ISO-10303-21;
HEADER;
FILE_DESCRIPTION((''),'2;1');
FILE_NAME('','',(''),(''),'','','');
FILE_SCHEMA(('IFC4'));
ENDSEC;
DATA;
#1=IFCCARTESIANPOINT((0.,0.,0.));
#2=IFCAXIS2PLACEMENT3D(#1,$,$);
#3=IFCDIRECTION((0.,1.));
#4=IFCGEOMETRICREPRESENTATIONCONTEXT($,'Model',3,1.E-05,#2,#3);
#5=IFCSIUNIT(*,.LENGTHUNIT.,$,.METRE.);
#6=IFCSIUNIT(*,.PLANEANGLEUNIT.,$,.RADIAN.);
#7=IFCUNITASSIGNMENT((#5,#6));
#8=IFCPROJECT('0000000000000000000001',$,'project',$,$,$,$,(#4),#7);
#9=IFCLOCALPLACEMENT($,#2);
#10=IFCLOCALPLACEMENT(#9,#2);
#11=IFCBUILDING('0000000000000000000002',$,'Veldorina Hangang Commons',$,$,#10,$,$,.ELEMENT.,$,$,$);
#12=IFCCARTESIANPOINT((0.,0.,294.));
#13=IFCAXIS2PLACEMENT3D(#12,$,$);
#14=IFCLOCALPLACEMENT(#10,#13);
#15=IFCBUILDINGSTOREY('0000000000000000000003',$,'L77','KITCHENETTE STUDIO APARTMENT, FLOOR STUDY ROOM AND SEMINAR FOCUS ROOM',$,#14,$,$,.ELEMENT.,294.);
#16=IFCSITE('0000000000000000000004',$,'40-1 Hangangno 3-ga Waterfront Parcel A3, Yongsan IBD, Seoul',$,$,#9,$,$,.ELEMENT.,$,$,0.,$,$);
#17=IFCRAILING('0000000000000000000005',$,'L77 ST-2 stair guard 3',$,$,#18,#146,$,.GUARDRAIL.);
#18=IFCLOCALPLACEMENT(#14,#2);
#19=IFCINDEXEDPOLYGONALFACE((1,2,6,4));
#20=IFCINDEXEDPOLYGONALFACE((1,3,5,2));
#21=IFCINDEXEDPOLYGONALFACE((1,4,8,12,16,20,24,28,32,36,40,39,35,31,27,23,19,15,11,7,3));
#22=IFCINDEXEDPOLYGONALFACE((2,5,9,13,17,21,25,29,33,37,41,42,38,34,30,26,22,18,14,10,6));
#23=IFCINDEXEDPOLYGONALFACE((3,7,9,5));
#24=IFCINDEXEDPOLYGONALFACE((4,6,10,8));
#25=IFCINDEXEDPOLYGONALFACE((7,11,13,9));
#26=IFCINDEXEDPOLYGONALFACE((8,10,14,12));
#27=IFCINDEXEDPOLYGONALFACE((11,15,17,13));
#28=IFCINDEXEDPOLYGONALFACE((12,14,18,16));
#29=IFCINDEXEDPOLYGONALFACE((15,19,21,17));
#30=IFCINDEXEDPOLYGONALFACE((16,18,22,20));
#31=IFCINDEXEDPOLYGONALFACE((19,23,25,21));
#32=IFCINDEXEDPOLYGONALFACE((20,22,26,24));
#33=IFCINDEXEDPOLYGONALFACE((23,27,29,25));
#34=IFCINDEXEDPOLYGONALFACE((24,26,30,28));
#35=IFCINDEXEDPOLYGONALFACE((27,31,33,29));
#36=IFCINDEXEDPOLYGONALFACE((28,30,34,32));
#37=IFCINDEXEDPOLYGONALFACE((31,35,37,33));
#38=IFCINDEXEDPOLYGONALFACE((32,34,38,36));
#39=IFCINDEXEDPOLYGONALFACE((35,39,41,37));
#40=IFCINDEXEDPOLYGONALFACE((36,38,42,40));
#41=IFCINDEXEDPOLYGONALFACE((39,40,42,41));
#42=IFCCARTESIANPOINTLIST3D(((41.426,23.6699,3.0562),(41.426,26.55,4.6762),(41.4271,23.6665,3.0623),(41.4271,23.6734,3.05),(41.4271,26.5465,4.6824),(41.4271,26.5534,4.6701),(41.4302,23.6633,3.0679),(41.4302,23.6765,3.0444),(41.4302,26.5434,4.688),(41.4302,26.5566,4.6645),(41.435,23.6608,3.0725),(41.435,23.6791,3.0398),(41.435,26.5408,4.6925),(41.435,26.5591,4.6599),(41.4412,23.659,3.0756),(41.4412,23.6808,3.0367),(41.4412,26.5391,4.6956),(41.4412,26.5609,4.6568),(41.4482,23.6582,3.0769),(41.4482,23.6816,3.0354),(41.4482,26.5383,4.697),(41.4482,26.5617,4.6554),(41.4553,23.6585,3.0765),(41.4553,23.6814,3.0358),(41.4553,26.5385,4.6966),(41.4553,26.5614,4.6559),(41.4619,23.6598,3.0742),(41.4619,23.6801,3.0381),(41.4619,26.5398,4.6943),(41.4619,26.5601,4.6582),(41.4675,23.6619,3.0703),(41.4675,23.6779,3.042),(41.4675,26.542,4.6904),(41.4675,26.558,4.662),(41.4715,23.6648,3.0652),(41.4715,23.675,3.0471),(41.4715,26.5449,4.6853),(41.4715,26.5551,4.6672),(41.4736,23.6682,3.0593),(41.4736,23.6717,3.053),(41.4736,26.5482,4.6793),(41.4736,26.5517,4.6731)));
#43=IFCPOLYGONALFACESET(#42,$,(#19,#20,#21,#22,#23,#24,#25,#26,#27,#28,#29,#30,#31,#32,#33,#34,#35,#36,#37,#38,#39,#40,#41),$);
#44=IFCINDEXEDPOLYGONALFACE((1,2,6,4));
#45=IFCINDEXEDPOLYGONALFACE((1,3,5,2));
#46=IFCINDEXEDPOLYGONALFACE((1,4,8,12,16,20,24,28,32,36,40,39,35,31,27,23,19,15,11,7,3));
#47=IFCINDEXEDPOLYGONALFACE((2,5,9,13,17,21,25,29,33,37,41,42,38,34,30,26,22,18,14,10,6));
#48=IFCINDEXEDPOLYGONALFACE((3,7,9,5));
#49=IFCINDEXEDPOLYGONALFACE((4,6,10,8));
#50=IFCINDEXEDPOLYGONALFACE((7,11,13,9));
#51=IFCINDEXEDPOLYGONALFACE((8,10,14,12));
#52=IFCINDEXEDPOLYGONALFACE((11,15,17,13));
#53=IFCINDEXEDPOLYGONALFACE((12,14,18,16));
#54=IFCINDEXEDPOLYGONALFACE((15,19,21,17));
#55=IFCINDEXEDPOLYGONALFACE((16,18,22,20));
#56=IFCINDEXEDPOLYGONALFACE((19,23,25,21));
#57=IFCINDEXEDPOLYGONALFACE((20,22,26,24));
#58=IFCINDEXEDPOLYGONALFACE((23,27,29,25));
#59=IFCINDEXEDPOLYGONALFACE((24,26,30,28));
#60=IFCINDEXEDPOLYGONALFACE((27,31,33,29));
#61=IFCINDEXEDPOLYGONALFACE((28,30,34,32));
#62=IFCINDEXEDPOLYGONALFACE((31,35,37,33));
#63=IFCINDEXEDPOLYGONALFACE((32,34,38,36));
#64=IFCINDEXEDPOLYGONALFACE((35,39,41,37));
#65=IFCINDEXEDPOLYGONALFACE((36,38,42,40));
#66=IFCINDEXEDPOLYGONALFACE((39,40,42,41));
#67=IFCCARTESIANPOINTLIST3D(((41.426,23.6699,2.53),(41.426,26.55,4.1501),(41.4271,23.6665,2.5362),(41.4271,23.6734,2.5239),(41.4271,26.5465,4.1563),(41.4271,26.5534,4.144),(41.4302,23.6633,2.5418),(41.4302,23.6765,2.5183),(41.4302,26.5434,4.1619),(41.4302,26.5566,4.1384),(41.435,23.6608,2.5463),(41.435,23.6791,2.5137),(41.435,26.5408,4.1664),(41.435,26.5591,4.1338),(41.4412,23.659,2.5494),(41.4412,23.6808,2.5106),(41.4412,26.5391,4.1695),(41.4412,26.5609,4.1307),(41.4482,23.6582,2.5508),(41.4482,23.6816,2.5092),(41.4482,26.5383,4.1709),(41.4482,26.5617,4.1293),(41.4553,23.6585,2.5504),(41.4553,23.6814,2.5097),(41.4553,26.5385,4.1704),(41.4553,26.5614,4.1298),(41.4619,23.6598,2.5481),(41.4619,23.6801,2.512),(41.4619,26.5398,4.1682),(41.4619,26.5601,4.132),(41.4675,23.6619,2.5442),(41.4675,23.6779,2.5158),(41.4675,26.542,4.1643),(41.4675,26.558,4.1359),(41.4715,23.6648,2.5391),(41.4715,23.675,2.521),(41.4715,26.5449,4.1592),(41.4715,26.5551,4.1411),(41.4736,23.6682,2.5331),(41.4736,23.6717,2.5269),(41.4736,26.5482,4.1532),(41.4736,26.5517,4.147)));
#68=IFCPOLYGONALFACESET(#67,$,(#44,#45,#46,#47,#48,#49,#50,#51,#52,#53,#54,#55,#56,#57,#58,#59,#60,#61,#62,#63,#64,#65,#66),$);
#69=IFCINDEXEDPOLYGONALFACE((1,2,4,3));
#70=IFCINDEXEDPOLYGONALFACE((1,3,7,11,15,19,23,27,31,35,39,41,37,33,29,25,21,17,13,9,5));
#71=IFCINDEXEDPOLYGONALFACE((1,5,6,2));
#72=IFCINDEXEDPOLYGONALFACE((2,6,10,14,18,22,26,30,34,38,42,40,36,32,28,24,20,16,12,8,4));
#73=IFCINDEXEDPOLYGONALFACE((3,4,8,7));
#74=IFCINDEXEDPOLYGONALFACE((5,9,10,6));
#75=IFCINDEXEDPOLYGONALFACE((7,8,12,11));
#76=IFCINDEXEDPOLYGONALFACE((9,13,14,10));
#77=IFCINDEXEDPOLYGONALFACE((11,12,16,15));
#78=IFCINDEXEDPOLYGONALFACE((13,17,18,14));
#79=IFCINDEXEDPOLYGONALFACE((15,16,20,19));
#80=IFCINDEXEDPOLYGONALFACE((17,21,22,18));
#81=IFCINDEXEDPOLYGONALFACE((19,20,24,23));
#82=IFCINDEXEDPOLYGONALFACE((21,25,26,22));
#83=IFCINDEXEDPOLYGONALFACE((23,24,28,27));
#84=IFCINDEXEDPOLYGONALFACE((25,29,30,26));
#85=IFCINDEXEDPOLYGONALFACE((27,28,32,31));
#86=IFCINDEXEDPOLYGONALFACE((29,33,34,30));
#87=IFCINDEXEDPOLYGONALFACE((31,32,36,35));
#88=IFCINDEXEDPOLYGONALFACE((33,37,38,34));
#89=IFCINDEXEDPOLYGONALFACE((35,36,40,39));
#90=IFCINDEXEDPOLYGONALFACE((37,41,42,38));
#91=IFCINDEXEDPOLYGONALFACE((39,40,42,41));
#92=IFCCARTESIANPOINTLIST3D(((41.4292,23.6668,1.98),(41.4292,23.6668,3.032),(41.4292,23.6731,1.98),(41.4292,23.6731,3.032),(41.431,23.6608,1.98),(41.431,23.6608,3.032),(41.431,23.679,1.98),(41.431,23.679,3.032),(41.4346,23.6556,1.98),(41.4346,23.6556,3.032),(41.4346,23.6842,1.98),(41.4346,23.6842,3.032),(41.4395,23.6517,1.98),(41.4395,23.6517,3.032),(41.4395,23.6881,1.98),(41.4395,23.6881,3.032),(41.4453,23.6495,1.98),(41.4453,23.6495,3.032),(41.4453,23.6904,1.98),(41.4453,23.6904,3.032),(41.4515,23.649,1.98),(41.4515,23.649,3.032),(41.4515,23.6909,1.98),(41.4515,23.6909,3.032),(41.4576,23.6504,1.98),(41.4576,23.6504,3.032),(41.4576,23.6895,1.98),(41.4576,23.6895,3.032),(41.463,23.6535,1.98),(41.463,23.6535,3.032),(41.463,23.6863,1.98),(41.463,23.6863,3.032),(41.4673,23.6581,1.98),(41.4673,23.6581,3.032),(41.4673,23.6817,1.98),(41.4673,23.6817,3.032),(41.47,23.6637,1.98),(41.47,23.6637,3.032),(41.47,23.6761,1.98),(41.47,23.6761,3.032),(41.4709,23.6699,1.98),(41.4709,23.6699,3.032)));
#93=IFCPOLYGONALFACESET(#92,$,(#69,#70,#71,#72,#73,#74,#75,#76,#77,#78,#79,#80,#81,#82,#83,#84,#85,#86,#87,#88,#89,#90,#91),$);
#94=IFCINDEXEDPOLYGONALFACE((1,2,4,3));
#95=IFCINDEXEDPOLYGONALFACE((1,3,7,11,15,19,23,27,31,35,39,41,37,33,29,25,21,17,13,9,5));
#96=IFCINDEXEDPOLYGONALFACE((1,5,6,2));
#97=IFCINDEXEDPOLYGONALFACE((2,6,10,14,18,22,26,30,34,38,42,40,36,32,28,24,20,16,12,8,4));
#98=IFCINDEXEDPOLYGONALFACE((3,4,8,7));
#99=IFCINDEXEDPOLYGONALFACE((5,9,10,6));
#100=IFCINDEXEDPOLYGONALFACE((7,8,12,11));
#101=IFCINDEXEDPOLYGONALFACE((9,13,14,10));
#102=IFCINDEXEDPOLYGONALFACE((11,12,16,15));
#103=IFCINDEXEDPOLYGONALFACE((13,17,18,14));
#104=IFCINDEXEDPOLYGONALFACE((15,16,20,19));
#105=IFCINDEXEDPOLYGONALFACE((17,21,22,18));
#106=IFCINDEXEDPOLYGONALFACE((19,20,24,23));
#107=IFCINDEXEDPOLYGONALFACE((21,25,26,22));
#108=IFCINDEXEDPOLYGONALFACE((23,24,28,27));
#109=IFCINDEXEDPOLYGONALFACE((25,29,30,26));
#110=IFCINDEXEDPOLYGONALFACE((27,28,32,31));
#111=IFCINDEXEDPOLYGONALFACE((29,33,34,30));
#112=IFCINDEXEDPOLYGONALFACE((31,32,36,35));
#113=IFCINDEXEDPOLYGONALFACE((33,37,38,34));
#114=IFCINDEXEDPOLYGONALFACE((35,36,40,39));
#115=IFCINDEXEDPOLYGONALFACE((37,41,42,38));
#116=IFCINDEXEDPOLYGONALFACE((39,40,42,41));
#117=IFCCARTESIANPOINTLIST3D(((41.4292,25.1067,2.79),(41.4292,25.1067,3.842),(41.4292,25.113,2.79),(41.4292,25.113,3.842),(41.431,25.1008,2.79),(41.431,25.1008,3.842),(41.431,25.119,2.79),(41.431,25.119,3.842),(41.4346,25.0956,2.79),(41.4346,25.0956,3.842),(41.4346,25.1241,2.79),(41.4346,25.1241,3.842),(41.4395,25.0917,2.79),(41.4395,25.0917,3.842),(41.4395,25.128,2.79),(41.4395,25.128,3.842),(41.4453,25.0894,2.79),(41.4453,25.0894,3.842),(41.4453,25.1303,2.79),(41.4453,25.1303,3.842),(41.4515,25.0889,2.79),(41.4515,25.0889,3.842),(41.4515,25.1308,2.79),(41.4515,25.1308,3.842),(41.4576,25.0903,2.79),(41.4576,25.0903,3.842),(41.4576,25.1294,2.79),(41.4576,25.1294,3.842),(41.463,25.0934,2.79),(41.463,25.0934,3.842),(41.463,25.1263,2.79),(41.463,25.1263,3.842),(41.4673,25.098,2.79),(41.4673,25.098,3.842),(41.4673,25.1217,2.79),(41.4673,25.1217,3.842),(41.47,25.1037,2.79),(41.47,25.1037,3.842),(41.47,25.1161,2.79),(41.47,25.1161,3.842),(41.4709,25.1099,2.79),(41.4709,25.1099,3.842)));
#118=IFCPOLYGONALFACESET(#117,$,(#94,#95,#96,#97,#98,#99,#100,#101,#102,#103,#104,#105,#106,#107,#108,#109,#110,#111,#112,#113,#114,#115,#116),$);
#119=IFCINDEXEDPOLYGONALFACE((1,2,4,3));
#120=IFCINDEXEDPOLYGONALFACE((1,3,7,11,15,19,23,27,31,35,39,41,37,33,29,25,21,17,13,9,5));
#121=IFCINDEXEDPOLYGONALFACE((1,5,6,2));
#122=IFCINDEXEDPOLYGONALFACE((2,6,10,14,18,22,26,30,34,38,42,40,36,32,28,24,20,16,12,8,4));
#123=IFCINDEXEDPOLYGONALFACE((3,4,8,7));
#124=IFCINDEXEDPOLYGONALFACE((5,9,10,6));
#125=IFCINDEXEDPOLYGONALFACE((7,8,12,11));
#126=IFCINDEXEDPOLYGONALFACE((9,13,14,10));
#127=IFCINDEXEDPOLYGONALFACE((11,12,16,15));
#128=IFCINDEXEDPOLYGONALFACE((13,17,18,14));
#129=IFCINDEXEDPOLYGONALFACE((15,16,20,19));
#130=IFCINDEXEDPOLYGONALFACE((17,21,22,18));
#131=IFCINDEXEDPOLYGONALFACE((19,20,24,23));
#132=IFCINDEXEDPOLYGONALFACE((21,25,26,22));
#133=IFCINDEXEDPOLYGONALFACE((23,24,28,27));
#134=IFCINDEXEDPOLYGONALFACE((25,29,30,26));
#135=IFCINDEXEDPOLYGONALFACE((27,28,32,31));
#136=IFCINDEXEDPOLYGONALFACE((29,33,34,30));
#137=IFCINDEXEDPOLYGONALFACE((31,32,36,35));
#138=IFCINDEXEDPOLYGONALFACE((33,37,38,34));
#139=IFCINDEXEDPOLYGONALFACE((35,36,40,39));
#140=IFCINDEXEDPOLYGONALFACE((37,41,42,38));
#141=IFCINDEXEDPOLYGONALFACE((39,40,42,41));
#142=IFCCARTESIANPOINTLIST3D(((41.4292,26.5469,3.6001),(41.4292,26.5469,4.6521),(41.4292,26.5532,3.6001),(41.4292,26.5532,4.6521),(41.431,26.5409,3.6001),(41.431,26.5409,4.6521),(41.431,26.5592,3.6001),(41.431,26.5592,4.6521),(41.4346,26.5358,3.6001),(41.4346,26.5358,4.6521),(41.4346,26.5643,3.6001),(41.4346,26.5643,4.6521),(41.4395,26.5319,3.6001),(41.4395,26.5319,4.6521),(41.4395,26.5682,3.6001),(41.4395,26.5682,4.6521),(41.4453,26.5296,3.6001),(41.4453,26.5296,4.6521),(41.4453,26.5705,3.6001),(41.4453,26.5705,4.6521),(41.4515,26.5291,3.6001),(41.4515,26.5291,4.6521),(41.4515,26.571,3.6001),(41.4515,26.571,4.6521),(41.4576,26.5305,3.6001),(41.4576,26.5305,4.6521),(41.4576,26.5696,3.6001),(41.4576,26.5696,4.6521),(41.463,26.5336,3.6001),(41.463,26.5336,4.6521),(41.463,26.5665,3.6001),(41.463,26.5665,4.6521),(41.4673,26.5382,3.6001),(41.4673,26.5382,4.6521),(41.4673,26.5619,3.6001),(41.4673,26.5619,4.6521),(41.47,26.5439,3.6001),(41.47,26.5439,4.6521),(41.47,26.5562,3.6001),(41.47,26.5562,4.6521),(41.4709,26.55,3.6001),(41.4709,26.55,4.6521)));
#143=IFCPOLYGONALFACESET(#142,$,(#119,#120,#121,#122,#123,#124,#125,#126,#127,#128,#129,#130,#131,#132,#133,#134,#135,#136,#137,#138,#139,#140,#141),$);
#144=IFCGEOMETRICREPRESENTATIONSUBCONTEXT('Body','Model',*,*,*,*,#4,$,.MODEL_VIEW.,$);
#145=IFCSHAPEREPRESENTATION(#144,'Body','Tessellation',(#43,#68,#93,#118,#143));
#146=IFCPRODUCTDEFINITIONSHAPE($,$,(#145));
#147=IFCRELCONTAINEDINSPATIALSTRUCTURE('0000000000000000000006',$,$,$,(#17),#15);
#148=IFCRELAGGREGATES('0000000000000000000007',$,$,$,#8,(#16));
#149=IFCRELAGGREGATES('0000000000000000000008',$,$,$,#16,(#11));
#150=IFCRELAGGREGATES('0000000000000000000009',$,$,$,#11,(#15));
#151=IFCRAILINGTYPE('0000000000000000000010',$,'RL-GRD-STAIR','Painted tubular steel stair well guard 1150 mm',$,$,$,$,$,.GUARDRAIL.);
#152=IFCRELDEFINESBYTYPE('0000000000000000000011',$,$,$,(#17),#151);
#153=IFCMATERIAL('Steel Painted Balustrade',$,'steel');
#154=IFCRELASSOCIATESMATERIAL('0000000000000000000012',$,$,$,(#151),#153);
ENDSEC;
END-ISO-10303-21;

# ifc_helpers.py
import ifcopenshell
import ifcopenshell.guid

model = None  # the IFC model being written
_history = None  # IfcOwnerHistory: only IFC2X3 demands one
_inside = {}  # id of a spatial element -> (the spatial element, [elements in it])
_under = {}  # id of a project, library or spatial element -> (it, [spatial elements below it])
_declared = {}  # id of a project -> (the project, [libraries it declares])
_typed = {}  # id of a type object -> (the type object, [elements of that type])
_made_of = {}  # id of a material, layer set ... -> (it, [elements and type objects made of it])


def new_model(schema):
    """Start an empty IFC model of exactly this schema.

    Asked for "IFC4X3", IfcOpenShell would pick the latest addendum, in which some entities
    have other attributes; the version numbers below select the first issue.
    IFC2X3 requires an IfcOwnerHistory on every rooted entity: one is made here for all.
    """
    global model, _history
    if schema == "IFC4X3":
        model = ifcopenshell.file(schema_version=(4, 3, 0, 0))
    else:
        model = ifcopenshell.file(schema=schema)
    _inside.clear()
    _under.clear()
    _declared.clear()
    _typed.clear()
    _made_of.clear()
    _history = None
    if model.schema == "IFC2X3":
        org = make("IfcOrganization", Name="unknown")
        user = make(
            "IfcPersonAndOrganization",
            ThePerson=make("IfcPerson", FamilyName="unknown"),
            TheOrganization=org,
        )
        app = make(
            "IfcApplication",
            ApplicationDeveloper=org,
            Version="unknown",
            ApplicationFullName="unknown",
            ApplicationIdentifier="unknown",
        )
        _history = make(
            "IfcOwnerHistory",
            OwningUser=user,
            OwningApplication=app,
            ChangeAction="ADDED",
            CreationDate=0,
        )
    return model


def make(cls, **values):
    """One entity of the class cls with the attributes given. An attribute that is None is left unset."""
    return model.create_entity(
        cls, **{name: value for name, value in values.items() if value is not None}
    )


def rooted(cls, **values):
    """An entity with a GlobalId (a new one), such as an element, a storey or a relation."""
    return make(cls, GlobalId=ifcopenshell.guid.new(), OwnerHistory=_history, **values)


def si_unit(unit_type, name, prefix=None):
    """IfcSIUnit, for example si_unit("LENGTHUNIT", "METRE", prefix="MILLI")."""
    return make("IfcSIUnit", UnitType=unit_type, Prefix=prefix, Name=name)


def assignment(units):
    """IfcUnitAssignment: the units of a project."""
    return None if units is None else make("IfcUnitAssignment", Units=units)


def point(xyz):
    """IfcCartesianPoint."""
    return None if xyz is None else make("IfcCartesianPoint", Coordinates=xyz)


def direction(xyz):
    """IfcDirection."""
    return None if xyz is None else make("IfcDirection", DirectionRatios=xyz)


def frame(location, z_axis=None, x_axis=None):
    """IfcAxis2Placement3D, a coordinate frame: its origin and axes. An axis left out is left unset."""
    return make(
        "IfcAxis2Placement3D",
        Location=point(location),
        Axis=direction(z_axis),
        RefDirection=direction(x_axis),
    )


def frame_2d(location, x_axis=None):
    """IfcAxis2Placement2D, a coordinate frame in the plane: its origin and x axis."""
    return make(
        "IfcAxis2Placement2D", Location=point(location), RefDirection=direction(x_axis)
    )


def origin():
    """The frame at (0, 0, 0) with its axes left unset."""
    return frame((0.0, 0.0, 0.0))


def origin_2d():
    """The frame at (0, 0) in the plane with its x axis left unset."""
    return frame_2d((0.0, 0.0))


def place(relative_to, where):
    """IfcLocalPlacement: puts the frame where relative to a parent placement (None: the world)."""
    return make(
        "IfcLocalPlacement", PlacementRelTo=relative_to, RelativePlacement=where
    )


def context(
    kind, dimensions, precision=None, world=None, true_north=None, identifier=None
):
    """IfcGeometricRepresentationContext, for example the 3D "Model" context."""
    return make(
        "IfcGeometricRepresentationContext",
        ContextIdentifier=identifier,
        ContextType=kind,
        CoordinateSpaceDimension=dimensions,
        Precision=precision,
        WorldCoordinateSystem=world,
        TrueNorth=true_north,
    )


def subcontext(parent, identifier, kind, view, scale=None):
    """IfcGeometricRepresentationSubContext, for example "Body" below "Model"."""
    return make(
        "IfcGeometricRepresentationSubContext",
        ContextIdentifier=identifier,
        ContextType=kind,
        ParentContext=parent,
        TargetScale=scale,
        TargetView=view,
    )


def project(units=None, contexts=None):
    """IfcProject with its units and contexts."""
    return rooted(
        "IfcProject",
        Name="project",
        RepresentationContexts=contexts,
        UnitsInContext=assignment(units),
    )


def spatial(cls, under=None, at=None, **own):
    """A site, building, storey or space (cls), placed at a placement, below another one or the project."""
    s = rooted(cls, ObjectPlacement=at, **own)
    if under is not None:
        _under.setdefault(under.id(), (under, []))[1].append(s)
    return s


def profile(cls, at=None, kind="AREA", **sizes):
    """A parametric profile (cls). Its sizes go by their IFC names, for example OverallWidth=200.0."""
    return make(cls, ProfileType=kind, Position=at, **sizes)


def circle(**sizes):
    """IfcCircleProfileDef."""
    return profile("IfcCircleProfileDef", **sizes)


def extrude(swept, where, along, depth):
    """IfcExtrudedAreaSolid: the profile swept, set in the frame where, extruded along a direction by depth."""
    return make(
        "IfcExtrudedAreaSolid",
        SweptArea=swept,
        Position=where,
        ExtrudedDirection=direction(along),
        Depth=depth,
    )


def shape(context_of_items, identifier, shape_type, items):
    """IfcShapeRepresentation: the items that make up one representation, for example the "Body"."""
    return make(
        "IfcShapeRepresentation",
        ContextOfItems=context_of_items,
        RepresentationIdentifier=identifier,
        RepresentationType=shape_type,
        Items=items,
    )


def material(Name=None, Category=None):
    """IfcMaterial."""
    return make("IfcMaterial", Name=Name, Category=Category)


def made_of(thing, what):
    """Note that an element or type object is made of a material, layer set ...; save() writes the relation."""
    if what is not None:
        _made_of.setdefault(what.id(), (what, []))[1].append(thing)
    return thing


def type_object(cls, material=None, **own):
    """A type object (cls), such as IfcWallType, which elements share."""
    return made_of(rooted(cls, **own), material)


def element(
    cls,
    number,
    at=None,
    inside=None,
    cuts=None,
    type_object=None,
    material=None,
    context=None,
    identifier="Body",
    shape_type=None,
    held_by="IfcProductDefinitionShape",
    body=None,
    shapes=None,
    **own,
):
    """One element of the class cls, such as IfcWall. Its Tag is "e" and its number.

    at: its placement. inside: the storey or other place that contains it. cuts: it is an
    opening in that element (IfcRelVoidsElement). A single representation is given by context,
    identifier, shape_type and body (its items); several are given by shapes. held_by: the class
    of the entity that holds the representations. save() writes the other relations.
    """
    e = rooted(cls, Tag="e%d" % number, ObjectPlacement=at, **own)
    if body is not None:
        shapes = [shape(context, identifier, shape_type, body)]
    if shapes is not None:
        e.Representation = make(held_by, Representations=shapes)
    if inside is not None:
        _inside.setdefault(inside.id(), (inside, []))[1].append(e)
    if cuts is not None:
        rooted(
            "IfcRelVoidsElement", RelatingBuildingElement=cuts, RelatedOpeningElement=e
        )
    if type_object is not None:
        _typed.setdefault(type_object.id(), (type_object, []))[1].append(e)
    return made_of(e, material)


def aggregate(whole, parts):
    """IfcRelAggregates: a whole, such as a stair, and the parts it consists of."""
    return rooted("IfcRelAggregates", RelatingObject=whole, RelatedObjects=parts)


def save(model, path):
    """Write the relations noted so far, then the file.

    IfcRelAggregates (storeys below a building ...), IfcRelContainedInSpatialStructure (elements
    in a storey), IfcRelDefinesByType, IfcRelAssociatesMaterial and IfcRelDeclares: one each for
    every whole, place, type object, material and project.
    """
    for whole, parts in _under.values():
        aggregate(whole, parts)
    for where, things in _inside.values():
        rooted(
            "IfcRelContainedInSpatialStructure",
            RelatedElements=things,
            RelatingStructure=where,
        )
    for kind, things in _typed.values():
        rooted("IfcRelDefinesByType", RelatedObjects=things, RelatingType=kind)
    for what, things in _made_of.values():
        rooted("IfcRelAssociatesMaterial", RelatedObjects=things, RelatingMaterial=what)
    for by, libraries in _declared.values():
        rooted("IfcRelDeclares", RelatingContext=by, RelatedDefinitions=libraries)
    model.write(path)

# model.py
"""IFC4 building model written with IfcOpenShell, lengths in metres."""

from ifc_helpers import new_model, si_unit, direction, frame, origin, origin_2d, place, context, subcontext, project, spatial, circle, extrude, material, type_object, element, save


model = new_model("IFC4")

# Units and contexts
model_context = context("Model", 3, precision=1e-05, world=origin(), true_north=direction((0.0, 1.0)))
body_context = subcontext(model_context, "Body", "Model", "MODEL_VIEW")
ifc_project = project(units=[si_unit("LENGTHUNIT", "METRE"), si_unit("PLANEANGLEUNIT", "RADIAN")], contexts=[model_context])

# Site, building, storey
site_placement = place(None, origin())
site = spatial("IfcSite", under=ifc_project, at=site_placement, Name="40-1 Hangangno 3-ga Waterfront Parcel A3, Yongsan IBD, Seoul", CompositionType="ELEMENT", RefElevation=0.0)
building_placement = place(site_placement, origin())
building = spatial("IfcBuilding", under=site, at=building_placement, Name="Veldorina Hangang Commons", CompositionType="ELEMENT")
storey_placement = place(building_placement, frame((0.0, 0.0, 294.0)))
storey = spatial("IfcBuildingStorey", under=building, at=storey_placement, Name="L77", Description="KITCHENETTE STUDIO APARTMENT, FLOOR STUDY ROOM AND SEMINAR FOCUS ROOM", CompositionType="ELEMENT", Elevation=294.0)

# Railing
ifc_material_1 = material(Name="Steel Painted Balustrade", Category="steel")
railing_type_1 = type_object("IfcRailingType", Name="RL-GRD-STAIR", Description="Painted tubular steel stair well guard 1150 mm", PredefinedType="GUARDRAIL", material=ifc_material_1)
railing_1_placement = place(storey_placement, frame((41.45, 23.6699, 1.98)))
element("IfcRailing", 1, at=railing_1_placement, inside=storey, type_object=railing_type_1, Name="L77 ST-2 stair guard 3", PredefinedType="GUARDRAIL", context=body_context, shape_type="SweptSolid", body=[
    extrude(circle(Radius=0.0239, at=origin_2d()), frame((0.0, 0.0, 1.0762), z_axis=(0.0, 0.87157, 0.490272), x_axis=(-1.0, 0.0, 0.0)), (0.0, 0.0, 1.0), 3.3044),
    extrude(circle(Radius=0.0239, at=origin_2d()), frame((0.0, 0.0, 0.55), z_axis=(0.0, 0.87157, 0.490272), x_axis=(-1.0, 0.0, 0.0)), (0.0, 0.0, 1.0), 3.3044),
    extrude(circle(Radius=0.021, at=origin_2d()), origin(), (0.0, 0.0, 1.0), 1.052),
    extrude(circle(Radius=0.021, at=origin_2d()), frame((0.0, 1.4399, 0.8101)), (0.0, 0.0, 1.0), 1.052),
    extrude(circle(Radius=0.021, at=origin_2d()), frame((0.0, 2.8801, 1.6201)), (0.0, 0.0, 1.0), 1.052),
])

save(model, "model.ifc")
